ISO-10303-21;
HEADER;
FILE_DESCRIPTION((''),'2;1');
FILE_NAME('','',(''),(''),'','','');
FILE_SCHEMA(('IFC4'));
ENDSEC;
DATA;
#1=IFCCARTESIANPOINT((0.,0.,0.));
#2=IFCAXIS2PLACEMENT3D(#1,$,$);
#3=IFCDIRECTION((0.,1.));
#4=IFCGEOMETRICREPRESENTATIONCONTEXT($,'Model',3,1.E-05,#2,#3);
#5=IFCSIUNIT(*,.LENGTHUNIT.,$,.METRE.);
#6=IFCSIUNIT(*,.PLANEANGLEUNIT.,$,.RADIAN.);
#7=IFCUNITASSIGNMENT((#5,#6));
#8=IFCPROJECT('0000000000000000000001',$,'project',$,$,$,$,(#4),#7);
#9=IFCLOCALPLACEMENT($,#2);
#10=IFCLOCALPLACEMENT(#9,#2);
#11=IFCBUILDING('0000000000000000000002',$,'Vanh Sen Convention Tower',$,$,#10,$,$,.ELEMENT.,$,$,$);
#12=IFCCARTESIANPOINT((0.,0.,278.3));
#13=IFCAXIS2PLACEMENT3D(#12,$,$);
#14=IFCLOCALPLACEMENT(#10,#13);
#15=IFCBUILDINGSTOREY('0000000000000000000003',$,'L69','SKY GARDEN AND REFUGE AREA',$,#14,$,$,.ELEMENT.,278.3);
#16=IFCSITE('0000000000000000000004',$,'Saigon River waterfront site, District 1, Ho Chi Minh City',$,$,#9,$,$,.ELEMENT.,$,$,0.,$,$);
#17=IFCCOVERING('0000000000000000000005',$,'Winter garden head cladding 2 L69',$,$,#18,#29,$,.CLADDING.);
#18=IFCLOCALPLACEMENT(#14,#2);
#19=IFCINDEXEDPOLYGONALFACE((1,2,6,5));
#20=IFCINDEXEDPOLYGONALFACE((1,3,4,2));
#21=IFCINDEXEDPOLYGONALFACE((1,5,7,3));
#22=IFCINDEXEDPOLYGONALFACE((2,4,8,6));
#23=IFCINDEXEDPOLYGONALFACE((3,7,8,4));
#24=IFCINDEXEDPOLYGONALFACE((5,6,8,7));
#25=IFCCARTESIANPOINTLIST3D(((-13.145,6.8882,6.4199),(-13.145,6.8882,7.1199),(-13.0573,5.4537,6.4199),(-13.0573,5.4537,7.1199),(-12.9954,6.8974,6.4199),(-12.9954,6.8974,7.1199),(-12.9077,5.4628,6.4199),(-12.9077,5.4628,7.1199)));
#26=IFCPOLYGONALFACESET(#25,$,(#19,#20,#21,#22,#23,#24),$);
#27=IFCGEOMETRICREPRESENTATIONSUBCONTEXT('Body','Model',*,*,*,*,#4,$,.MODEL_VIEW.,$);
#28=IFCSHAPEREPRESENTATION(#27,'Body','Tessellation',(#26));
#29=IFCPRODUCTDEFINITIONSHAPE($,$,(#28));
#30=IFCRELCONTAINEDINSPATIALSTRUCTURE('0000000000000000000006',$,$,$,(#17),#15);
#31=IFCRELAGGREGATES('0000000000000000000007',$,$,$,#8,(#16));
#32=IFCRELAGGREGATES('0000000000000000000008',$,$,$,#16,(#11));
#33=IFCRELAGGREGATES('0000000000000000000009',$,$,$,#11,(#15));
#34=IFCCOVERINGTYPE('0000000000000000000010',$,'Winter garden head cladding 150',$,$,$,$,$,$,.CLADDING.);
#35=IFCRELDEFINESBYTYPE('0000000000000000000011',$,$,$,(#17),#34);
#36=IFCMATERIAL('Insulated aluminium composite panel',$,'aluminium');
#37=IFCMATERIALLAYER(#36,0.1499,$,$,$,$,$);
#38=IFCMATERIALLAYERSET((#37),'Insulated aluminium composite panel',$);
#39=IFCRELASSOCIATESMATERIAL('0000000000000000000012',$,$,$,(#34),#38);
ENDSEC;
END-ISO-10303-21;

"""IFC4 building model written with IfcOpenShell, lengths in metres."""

from ifc_helpers import new_model, si_unit, direction, frame, origin, origin_2d, place, context, subcontext, project, spatial, rectangle, extrude, material, layer, layer_set, type_object, element, save


model = new_model("IFC4")

# Units and contexts
model_context = context("Model", 3, precision=1e-05, world=origin(), true_north=direction((0.0, 1.0)))
body_context = subcontext(model_context, "Body", "Model", "MODEL_VIEW")
ifc_project = project(units=[si_unit("LENGTHUNIT", "METRE"), si_unit("PLANEANGLEUNIT", "RADIAN")], contexts=[model_context])

# Site, building, storey
site_placement = place(None, origin())
site = spatial("IfcSite", under=ifc_project, at=site_placement, Name="Saigon River waterfront site, District 1, Ho Chi Minh City", CompositionType="ELEMENT", RefElevation=0.0)
building_placement = place(site_placement, origin())
building = spatial("IfcBuilding", under=site, at=building_placement, Name="Vanh Sen Convention Tower", CompositionType="ELEMENT")
storey_placement = place(building_placement, frame((0.0, 0.0, 278.3)))
storey = spatial("IfcBuildingStorey", under=building, at=storey_placement, Name="L69", Description="SKY GARDEN AND REFUGE AREA", CompositionType="ELEMENT", Elevation=278.3)

# Covering
ifc_material_1 = material(Name="Insulated aluminium composite panel", Category="aluminium")
ifc_layer_1 = layer(ifc_material_1, 0.1499)
ifc_layer_set_1 = layer_set([ifc_layer_1], Name="Insulated aluminium composite panel")
covering_type = type_object("IfcCoveringType", Name="Winter garden head cladding 150", PredefinedType="CLADDING", material=ifc_layer_set_1)
covering_1_placement = place(storey_placement, frame((-13.0264, 6.1755, 6.4199), z_axis=(0.0, 0.0, 1.0), x_axis=(-0.061049, 0.998135, 0.0)))
element("IfcCovering", 1, at=covering_1_placement, inside=storey, type_object=covering_type, Name="Winter garden head cladding 2 L69", PredefinedType="CLADDING", context=body_context, shape_type="SweptSolid", body=[
    extrude(rectangle(XDim=1.4373, YDim=0.1499, at=origin_2d()), origin(), (0.0, 0.0, 1.0), 0.7),
])

save(model, "model.ifc")
